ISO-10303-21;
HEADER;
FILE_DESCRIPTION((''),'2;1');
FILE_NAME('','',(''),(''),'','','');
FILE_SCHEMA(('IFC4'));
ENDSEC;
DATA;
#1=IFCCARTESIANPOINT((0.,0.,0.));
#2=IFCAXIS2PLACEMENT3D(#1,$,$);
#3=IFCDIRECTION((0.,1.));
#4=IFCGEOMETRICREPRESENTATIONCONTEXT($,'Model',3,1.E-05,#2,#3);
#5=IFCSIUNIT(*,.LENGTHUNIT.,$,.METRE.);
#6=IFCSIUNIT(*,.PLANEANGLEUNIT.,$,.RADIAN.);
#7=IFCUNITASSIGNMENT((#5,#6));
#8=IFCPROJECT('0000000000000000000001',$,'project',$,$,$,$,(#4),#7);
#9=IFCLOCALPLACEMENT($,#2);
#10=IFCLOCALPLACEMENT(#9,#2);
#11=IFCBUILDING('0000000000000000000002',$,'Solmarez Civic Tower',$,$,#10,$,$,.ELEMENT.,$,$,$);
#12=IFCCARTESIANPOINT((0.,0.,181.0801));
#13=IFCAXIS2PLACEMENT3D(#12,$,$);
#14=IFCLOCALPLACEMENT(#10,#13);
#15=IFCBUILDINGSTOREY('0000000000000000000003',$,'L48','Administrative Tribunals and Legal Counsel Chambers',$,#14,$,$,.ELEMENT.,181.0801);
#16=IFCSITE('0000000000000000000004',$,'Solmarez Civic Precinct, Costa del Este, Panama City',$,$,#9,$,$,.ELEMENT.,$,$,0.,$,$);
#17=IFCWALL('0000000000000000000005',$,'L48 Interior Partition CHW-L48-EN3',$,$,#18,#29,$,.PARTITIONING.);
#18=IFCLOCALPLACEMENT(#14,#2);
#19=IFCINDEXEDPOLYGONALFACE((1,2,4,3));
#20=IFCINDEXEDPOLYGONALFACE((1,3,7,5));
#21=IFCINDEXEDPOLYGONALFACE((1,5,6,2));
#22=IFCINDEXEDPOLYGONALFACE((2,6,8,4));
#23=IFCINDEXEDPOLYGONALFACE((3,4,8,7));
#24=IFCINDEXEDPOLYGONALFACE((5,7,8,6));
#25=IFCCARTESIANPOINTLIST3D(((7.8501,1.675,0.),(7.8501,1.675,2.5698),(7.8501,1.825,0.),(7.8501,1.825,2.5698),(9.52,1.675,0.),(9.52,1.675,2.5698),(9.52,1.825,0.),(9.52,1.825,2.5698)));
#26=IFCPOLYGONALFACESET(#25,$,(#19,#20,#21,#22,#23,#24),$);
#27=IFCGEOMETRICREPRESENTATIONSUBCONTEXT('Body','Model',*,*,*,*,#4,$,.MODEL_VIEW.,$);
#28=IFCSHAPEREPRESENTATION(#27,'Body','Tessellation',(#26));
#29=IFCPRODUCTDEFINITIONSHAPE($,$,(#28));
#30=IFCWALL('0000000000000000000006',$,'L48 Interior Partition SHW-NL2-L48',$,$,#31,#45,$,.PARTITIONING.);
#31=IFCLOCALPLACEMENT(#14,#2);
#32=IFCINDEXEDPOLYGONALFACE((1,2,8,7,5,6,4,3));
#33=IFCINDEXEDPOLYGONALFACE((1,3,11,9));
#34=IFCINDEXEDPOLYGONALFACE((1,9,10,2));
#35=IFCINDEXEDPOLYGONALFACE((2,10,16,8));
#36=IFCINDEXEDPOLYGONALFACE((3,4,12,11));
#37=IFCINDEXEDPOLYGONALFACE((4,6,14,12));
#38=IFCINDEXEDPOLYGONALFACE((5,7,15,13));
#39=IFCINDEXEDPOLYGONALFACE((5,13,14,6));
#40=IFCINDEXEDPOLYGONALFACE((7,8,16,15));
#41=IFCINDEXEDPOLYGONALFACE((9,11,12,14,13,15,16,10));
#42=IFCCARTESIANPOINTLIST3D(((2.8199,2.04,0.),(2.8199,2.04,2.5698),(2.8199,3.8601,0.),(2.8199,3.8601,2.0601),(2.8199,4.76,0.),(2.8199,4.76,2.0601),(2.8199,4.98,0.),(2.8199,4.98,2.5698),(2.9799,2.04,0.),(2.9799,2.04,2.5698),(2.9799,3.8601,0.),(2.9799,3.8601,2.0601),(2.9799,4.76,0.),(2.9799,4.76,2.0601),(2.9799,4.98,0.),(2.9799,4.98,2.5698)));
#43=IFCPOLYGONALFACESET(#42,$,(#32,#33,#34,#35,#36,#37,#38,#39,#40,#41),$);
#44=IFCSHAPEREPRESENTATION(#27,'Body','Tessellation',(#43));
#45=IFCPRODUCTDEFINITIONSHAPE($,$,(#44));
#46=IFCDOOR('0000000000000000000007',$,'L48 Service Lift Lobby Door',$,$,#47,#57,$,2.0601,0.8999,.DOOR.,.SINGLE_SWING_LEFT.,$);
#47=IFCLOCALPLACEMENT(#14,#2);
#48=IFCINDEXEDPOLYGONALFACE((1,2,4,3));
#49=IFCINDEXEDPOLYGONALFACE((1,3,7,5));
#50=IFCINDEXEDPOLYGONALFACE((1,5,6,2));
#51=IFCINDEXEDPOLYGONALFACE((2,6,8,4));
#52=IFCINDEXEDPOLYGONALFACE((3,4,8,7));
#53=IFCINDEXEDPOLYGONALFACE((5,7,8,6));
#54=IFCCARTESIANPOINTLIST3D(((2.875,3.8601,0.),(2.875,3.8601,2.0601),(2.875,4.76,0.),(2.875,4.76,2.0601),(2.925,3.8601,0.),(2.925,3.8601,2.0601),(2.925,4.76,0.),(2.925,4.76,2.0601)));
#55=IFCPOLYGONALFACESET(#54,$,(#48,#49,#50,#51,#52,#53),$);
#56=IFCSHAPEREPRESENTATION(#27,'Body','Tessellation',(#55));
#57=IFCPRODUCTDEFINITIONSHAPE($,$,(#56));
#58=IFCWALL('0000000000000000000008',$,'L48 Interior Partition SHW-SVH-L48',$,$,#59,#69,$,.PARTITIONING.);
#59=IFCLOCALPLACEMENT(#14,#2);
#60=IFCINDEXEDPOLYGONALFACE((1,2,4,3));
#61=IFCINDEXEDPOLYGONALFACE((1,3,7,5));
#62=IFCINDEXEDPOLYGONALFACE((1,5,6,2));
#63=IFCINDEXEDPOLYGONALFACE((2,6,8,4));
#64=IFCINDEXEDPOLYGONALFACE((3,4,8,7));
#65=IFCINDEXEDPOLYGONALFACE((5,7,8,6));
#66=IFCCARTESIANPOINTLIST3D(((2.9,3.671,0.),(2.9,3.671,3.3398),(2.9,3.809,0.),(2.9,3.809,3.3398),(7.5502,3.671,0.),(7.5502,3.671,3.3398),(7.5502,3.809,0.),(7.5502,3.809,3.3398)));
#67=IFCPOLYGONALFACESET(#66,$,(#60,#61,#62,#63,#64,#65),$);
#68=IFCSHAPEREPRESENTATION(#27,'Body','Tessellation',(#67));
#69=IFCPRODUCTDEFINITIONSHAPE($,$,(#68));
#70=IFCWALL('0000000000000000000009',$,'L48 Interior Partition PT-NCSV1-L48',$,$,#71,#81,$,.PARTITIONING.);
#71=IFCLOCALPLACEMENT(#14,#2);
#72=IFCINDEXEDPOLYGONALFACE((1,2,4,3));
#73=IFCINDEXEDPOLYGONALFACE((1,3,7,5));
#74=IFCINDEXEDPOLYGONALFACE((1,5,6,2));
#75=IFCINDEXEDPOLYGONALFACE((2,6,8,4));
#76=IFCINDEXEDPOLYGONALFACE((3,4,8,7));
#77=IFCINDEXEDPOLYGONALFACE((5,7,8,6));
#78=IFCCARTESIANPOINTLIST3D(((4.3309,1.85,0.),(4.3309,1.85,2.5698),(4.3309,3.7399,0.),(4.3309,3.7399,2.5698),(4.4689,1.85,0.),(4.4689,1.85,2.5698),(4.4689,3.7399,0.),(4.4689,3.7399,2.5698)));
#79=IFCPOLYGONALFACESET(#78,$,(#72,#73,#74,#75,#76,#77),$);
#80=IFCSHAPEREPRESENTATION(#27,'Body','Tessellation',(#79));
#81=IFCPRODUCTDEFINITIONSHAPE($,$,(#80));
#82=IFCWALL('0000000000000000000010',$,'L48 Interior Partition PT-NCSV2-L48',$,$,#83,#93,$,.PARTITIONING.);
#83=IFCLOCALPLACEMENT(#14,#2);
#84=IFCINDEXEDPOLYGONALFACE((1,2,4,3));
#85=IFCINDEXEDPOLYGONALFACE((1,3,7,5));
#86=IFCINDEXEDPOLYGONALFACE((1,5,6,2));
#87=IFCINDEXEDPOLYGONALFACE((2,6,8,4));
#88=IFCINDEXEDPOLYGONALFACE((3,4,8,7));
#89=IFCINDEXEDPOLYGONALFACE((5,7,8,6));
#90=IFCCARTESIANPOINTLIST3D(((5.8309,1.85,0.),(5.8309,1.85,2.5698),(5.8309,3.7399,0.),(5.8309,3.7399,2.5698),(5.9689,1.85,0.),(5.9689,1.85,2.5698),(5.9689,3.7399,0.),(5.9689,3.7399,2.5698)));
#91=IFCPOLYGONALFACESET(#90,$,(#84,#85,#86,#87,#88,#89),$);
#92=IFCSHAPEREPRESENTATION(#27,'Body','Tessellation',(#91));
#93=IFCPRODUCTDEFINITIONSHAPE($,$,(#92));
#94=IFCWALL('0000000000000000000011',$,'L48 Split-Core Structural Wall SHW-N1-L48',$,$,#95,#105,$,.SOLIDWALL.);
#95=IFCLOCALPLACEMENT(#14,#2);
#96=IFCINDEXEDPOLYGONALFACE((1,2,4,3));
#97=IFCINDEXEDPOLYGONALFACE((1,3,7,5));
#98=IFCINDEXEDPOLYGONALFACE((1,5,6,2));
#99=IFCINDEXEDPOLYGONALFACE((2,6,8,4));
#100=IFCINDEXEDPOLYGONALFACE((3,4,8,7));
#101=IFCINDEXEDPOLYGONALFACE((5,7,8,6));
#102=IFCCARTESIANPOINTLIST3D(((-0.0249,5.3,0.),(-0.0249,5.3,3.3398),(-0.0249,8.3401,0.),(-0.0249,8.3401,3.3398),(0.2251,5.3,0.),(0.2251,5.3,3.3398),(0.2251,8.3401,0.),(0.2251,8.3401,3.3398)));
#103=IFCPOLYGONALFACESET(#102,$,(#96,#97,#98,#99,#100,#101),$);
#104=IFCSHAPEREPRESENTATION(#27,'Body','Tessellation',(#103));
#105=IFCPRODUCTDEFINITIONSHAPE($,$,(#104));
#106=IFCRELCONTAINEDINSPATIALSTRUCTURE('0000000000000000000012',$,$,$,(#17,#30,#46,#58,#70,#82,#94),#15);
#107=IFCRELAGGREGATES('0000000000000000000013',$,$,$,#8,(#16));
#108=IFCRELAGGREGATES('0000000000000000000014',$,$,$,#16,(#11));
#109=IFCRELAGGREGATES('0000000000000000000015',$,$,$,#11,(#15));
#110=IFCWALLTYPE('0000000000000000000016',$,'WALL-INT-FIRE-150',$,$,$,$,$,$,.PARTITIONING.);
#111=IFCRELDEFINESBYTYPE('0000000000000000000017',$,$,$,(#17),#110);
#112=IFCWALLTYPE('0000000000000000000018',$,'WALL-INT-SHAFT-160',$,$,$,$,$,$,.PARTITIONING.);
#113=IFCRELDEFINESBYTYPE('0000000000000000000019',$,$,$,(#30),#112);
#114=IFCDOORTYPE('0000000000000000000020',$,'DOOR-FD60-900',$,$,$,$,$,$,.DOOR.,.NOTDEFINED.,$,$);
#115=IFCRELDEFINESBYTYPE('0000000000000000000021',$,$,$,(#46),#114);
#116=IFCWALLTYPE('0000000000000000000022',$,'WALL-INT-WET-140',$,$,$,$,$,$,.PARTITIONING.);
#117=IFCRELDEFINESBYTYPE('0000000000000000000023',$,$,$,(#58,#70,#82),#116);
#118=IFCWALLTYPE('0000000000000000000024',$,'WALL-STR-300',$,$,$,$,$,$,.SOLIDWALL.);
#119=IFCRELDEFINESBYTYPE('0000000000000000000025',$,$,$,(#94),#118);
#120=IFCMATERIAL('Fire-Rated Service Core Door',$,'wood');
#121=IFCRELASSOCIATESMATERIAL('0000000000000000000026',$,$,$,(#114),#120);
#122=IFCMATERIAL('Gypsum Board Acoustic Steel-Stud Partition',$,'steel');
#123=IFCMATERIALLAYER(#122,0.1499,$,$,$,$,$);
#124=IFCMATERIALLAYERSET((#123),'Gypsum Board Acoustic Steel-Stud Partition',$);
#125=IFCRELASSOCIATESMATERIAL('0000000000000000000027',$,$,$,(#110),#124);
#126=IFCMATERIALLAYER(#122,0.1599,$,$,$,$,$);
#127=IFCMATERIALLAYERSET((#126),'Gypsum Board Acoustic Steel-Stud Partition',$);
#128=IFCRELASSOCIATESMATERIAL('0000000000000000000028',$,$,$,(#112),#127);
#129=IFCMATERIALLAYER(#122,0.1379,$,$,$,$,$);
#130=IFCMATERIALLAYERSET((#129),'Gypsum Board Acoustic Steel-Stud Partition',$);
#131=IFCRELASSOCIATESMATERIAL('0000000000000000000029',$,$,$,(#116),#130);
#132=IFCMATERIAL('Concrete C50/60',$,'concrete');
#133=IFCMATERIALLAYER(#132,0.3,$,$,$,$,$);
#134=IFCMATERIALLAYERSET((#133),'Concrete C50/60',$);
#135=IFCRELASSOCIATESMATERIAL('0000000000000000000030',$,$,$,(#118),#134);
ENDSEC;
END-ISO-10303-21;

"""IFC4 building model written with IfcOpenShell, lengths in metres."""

from ifc_helpers import new_model, si_unit, direction, frame, frame_2d, origin, place, context, subcontext, project, spatial, rectangle, extrude, material, layer, layer_set, type_object, element, fill, save


model = new_model("IFC4")

# Units and contexts
model_context = context("Model", 3, precision=1e-05, world=origin(), true_north=direction((0.0, 1.0)))
body_context = subcontext(model_context, "Body", "Model", "MODEL_VIEW")
ifc_project = project(units=[si_unit("LENGTHUNIT", "METRE"), si_unit("PLANEANGLEUNIT", "RADIAN")], contexts=[model_context])

# Site, building, storey
site_placement = place(None, origin())
site = spatial("IfcSite", under=ifc_project, at=site_placement, Name="Solmarez Civic Precinct, Costa del Este, Panama City", CompositionType="ELEMENT", RefElevation=0.0)
building_placement = place(site_placement, origin())
building = spatial("IfcBuilding", under=site, at=building_placement, Name="Solmarez Civic Tower", CompositionType="ELEMENT")
storey_placement = place(building_placement, frame((0.0, 0.0, 181.0801)))
storey = spatial("IfcBuildingStorey", under=building, at=storey_placement, Name="L48", Description="Administrative Tribunals and Legal Counsel Chambers", CompositionType="ELEMENT", Elevation=181.0801)

# Shared definitions
ifc_material_1 = material(Name="Concrete C50/60", Category="concrete")

# Shared definitions
ifc_material_2 = material(Name="Fire-Rated Service Core Door", Category="wood")
door_type_1 = type_object("IfcDoorType", Name="DOOR-FD60-900", OperationType="NOTDEFINED", PredefinedType="DOOR", material=ifc_material_2)

# Wall
ifc_material_3 = material(Name="Gypsum Board Acoustic Steel-Stud Partition", Category="steel")
ifc_layer_1 = layer(ifc_material_3, 0.1499)
ifc_layer_set_1 = layer_set([ifc_layer_1], Name="Gypsum Board Acoustic Steel-Stud Partition")
wall_type_1 = type_object("IfcWallType", Name="WALL-INT-FIRE-150", PredefinedType="PARTITIONING", material=ifc_layer_set_1)
wall_1_placement = place(storey_placement, frame((7.8501, 1.75, 0.0), z_axis=(0.0, 0.0, 1.0), x_axis=(1.0, 0.0, 0.0)))
element("IfcWall", 1, at=wall_1_placement, inside=storey, type_object=wall_type_1, Name="L48 Interior Partition CHW-L48-EN3", PredefinedType="PARTITIONING", context=body_context, shape_type="SweptSolid", body=[
    extrude(rectangle(XDim=1.6699, YDim=0.1499, at=frame_2d((0.835, 0.0))), origin(), (0.0, 0.0, 1.0), 2.5698),
])

# Wall, opening, door
ifc_layer_2 = layer(ifc_material_3, 0.1599)
ifc_layer_set_2 = layer_set([ifc_layer_2], Name="Gypsum Board Acoustic Steel-Stud Partition")
wall_type_2 = type_object("IfcWallType", Name="WALL-INT-SHAFT-160", PredefinedType="PARTITIONING", material=ifc_layer_set_2)
wall_2_placement = place(storey_placement, frame((2.8999, 2.04, 0.0), z_axis=(0.0, 0.0, 1.0), x_axis=(0.0, 1.0, 0.0)))
wall_2 = element("IfcWall", 2, at=wall_2_placement, inside=storey, type_object=wall_type_2, Name="L48 Interior Partition SHW-NL2-L48", PredefinedType="PARTITIONING", context=body_context, shape_type="SweptSolid", body=[
    extrude(rectangle(XDim=2.9399, YDim=0.1599, at=frame_2d((1.47, 0.0))), origin(), (0.0, 0.0, 1.0), 2.5698),
])
opening_1_placement = place(wall_2_placement, frame((1.8201, 0.0, 0.0)))
opening_1 = element("IfcOpeningElement", 3, at=opening_1_placement, cuts=wall_2, PredefinedType="OPENING", context=body_context, shape_type="SweptSolid", body=[
    extrude(rectangle(XDim=0.8999, YDim=2.0601, at=frame_2d((0.45, 1.03))), frame((0.0, 0.0898, 0.0), z_axis=(0.0, -1.0, 0.0), x_axis=(1.0, 0.0, 0.0)), (0.0, 0.0, 1.0), 0.1799),
])
door_1_placement = place(opening_1_placement, origin())
door_1 = element("IfcDoor", 4, at=door_1_placement, inside=storey, type_object=door_type_1, Name="L48 Service Lift Lobby Door", OperationType="SINGLE_SWING_LEFT", OverallHeight=2.0601, OverallWidth=0.8999, PredefinedType="DOOR", context=body_context, shape_type="SweptSolid", body=[
    extrude(rectangle(XDim=0.8999, YDim=2.0601, at=frame_2d((0.45, 1.03))), frame((0.0, 0.0249, 0.0), z_axis=(0.0, -1.0, 0.0), x_axis=(1.0, 0.0, 0.0)), (0.0, 0.0, 1.0), 0.05),
])
fill(opening_1, door_1)

# Walls
ifc_layer_3 = layer(ifc_material_3, 0.1379)
ifc_layer_set_3 = layer_set([ifc_layer_3], Name="Gypsum Board Acoustic Steel-Stud Partition")
wall_type_3 = type_object("IfcWallType", Name="WALL-INT-WET-140", PredefinedType="PARTITIONING", material=ifc_layer_set_3)
wall_3_placement = place(storey_placement, frame((2.8999, 3.74, 0.0), z_axis=(0.0, 0.0, 1.0), x_axis=(1.0, 0.0, 0.0)))
element("IfcWall", 5, at=wall_3_placement, inside=storey, type_object=wall_type_3, Name="L48 Interior Partition SHW-SVH-L48", PredefinedType="PARTITIONING", context=body_context, shape_type="SweptSolid", body=[
    extrude(rectangle(XDim=4.6501, YDim=0.1379, at=frame_2d((2.3252, 0.0))), origin(), (0.0, 0.0, 1.0), 3.3398),
])
for number, where, z_axis, x_axis, name in (
    (6, (4.3999, 1.8501, 0.0), (0.0, 0.0, 1.0), (0.0, 1.0, 0.0), "L48 Interior Partition PT-NCSV1-L48"),
    (7, (5.8999, 1.8501, 0.0), (0.0, 0.0, 1.0), (0.0, 1.0, 0.0), "L48 Interior Partition PT-NCSV2-L48"),
):
    element("IfcWall", number, at=place(storey_placement, frame(where, z_axis=z_axis, x_axis=x_axis)), inside=storey, type_object=wall_type_3, Name=name, PredefinedType="PARTITIONING", context=body_context, shape_type="SweptSolid", body=[
        extrude(rectangle(XDim=1.8899, YDim=0.1379, at=frame_2d((0.9448, 0.0))), origin(), (0.0, 0.0, 1.0), 2.5698),
    ])

# Shared definitions
ifc_layer_4 = layer(ifc_material_1, 0.3)
ifc_layer_set_4 = layer_set([ifc_layer_4], Name="Concrete C50/60")
wall_type_4 = type_object("IfcWallType", Name="WALL-STR-300", PredefinedType="SOLIDWALL", material=ifc_layer_set_4)

# Wall
wall_4_placement = place(storey_placement, frame((0.1001, 5.3, 0.0), z_axis=(0.0, 0.0, 1.0), x_axis=(0.0, 1.0, 0.0)))
element("IfcWall", 8, at=wall_4_placement, inside=storey, type_object=wall_type_4, Name="L48 Split-Core Structural Wall SHW-N1-L48", PredefinedType="SOLIDWALL", context=body_context, shape_type="SweptSolid", body=[
    extrude(rectangle(XDim=3.04, YDim=0.25, at=frame_2d((1.52, 0.0))), origin(), (0.0, 0.0, 1.0), 3.3398),
])

save(model, "model.ifc")
